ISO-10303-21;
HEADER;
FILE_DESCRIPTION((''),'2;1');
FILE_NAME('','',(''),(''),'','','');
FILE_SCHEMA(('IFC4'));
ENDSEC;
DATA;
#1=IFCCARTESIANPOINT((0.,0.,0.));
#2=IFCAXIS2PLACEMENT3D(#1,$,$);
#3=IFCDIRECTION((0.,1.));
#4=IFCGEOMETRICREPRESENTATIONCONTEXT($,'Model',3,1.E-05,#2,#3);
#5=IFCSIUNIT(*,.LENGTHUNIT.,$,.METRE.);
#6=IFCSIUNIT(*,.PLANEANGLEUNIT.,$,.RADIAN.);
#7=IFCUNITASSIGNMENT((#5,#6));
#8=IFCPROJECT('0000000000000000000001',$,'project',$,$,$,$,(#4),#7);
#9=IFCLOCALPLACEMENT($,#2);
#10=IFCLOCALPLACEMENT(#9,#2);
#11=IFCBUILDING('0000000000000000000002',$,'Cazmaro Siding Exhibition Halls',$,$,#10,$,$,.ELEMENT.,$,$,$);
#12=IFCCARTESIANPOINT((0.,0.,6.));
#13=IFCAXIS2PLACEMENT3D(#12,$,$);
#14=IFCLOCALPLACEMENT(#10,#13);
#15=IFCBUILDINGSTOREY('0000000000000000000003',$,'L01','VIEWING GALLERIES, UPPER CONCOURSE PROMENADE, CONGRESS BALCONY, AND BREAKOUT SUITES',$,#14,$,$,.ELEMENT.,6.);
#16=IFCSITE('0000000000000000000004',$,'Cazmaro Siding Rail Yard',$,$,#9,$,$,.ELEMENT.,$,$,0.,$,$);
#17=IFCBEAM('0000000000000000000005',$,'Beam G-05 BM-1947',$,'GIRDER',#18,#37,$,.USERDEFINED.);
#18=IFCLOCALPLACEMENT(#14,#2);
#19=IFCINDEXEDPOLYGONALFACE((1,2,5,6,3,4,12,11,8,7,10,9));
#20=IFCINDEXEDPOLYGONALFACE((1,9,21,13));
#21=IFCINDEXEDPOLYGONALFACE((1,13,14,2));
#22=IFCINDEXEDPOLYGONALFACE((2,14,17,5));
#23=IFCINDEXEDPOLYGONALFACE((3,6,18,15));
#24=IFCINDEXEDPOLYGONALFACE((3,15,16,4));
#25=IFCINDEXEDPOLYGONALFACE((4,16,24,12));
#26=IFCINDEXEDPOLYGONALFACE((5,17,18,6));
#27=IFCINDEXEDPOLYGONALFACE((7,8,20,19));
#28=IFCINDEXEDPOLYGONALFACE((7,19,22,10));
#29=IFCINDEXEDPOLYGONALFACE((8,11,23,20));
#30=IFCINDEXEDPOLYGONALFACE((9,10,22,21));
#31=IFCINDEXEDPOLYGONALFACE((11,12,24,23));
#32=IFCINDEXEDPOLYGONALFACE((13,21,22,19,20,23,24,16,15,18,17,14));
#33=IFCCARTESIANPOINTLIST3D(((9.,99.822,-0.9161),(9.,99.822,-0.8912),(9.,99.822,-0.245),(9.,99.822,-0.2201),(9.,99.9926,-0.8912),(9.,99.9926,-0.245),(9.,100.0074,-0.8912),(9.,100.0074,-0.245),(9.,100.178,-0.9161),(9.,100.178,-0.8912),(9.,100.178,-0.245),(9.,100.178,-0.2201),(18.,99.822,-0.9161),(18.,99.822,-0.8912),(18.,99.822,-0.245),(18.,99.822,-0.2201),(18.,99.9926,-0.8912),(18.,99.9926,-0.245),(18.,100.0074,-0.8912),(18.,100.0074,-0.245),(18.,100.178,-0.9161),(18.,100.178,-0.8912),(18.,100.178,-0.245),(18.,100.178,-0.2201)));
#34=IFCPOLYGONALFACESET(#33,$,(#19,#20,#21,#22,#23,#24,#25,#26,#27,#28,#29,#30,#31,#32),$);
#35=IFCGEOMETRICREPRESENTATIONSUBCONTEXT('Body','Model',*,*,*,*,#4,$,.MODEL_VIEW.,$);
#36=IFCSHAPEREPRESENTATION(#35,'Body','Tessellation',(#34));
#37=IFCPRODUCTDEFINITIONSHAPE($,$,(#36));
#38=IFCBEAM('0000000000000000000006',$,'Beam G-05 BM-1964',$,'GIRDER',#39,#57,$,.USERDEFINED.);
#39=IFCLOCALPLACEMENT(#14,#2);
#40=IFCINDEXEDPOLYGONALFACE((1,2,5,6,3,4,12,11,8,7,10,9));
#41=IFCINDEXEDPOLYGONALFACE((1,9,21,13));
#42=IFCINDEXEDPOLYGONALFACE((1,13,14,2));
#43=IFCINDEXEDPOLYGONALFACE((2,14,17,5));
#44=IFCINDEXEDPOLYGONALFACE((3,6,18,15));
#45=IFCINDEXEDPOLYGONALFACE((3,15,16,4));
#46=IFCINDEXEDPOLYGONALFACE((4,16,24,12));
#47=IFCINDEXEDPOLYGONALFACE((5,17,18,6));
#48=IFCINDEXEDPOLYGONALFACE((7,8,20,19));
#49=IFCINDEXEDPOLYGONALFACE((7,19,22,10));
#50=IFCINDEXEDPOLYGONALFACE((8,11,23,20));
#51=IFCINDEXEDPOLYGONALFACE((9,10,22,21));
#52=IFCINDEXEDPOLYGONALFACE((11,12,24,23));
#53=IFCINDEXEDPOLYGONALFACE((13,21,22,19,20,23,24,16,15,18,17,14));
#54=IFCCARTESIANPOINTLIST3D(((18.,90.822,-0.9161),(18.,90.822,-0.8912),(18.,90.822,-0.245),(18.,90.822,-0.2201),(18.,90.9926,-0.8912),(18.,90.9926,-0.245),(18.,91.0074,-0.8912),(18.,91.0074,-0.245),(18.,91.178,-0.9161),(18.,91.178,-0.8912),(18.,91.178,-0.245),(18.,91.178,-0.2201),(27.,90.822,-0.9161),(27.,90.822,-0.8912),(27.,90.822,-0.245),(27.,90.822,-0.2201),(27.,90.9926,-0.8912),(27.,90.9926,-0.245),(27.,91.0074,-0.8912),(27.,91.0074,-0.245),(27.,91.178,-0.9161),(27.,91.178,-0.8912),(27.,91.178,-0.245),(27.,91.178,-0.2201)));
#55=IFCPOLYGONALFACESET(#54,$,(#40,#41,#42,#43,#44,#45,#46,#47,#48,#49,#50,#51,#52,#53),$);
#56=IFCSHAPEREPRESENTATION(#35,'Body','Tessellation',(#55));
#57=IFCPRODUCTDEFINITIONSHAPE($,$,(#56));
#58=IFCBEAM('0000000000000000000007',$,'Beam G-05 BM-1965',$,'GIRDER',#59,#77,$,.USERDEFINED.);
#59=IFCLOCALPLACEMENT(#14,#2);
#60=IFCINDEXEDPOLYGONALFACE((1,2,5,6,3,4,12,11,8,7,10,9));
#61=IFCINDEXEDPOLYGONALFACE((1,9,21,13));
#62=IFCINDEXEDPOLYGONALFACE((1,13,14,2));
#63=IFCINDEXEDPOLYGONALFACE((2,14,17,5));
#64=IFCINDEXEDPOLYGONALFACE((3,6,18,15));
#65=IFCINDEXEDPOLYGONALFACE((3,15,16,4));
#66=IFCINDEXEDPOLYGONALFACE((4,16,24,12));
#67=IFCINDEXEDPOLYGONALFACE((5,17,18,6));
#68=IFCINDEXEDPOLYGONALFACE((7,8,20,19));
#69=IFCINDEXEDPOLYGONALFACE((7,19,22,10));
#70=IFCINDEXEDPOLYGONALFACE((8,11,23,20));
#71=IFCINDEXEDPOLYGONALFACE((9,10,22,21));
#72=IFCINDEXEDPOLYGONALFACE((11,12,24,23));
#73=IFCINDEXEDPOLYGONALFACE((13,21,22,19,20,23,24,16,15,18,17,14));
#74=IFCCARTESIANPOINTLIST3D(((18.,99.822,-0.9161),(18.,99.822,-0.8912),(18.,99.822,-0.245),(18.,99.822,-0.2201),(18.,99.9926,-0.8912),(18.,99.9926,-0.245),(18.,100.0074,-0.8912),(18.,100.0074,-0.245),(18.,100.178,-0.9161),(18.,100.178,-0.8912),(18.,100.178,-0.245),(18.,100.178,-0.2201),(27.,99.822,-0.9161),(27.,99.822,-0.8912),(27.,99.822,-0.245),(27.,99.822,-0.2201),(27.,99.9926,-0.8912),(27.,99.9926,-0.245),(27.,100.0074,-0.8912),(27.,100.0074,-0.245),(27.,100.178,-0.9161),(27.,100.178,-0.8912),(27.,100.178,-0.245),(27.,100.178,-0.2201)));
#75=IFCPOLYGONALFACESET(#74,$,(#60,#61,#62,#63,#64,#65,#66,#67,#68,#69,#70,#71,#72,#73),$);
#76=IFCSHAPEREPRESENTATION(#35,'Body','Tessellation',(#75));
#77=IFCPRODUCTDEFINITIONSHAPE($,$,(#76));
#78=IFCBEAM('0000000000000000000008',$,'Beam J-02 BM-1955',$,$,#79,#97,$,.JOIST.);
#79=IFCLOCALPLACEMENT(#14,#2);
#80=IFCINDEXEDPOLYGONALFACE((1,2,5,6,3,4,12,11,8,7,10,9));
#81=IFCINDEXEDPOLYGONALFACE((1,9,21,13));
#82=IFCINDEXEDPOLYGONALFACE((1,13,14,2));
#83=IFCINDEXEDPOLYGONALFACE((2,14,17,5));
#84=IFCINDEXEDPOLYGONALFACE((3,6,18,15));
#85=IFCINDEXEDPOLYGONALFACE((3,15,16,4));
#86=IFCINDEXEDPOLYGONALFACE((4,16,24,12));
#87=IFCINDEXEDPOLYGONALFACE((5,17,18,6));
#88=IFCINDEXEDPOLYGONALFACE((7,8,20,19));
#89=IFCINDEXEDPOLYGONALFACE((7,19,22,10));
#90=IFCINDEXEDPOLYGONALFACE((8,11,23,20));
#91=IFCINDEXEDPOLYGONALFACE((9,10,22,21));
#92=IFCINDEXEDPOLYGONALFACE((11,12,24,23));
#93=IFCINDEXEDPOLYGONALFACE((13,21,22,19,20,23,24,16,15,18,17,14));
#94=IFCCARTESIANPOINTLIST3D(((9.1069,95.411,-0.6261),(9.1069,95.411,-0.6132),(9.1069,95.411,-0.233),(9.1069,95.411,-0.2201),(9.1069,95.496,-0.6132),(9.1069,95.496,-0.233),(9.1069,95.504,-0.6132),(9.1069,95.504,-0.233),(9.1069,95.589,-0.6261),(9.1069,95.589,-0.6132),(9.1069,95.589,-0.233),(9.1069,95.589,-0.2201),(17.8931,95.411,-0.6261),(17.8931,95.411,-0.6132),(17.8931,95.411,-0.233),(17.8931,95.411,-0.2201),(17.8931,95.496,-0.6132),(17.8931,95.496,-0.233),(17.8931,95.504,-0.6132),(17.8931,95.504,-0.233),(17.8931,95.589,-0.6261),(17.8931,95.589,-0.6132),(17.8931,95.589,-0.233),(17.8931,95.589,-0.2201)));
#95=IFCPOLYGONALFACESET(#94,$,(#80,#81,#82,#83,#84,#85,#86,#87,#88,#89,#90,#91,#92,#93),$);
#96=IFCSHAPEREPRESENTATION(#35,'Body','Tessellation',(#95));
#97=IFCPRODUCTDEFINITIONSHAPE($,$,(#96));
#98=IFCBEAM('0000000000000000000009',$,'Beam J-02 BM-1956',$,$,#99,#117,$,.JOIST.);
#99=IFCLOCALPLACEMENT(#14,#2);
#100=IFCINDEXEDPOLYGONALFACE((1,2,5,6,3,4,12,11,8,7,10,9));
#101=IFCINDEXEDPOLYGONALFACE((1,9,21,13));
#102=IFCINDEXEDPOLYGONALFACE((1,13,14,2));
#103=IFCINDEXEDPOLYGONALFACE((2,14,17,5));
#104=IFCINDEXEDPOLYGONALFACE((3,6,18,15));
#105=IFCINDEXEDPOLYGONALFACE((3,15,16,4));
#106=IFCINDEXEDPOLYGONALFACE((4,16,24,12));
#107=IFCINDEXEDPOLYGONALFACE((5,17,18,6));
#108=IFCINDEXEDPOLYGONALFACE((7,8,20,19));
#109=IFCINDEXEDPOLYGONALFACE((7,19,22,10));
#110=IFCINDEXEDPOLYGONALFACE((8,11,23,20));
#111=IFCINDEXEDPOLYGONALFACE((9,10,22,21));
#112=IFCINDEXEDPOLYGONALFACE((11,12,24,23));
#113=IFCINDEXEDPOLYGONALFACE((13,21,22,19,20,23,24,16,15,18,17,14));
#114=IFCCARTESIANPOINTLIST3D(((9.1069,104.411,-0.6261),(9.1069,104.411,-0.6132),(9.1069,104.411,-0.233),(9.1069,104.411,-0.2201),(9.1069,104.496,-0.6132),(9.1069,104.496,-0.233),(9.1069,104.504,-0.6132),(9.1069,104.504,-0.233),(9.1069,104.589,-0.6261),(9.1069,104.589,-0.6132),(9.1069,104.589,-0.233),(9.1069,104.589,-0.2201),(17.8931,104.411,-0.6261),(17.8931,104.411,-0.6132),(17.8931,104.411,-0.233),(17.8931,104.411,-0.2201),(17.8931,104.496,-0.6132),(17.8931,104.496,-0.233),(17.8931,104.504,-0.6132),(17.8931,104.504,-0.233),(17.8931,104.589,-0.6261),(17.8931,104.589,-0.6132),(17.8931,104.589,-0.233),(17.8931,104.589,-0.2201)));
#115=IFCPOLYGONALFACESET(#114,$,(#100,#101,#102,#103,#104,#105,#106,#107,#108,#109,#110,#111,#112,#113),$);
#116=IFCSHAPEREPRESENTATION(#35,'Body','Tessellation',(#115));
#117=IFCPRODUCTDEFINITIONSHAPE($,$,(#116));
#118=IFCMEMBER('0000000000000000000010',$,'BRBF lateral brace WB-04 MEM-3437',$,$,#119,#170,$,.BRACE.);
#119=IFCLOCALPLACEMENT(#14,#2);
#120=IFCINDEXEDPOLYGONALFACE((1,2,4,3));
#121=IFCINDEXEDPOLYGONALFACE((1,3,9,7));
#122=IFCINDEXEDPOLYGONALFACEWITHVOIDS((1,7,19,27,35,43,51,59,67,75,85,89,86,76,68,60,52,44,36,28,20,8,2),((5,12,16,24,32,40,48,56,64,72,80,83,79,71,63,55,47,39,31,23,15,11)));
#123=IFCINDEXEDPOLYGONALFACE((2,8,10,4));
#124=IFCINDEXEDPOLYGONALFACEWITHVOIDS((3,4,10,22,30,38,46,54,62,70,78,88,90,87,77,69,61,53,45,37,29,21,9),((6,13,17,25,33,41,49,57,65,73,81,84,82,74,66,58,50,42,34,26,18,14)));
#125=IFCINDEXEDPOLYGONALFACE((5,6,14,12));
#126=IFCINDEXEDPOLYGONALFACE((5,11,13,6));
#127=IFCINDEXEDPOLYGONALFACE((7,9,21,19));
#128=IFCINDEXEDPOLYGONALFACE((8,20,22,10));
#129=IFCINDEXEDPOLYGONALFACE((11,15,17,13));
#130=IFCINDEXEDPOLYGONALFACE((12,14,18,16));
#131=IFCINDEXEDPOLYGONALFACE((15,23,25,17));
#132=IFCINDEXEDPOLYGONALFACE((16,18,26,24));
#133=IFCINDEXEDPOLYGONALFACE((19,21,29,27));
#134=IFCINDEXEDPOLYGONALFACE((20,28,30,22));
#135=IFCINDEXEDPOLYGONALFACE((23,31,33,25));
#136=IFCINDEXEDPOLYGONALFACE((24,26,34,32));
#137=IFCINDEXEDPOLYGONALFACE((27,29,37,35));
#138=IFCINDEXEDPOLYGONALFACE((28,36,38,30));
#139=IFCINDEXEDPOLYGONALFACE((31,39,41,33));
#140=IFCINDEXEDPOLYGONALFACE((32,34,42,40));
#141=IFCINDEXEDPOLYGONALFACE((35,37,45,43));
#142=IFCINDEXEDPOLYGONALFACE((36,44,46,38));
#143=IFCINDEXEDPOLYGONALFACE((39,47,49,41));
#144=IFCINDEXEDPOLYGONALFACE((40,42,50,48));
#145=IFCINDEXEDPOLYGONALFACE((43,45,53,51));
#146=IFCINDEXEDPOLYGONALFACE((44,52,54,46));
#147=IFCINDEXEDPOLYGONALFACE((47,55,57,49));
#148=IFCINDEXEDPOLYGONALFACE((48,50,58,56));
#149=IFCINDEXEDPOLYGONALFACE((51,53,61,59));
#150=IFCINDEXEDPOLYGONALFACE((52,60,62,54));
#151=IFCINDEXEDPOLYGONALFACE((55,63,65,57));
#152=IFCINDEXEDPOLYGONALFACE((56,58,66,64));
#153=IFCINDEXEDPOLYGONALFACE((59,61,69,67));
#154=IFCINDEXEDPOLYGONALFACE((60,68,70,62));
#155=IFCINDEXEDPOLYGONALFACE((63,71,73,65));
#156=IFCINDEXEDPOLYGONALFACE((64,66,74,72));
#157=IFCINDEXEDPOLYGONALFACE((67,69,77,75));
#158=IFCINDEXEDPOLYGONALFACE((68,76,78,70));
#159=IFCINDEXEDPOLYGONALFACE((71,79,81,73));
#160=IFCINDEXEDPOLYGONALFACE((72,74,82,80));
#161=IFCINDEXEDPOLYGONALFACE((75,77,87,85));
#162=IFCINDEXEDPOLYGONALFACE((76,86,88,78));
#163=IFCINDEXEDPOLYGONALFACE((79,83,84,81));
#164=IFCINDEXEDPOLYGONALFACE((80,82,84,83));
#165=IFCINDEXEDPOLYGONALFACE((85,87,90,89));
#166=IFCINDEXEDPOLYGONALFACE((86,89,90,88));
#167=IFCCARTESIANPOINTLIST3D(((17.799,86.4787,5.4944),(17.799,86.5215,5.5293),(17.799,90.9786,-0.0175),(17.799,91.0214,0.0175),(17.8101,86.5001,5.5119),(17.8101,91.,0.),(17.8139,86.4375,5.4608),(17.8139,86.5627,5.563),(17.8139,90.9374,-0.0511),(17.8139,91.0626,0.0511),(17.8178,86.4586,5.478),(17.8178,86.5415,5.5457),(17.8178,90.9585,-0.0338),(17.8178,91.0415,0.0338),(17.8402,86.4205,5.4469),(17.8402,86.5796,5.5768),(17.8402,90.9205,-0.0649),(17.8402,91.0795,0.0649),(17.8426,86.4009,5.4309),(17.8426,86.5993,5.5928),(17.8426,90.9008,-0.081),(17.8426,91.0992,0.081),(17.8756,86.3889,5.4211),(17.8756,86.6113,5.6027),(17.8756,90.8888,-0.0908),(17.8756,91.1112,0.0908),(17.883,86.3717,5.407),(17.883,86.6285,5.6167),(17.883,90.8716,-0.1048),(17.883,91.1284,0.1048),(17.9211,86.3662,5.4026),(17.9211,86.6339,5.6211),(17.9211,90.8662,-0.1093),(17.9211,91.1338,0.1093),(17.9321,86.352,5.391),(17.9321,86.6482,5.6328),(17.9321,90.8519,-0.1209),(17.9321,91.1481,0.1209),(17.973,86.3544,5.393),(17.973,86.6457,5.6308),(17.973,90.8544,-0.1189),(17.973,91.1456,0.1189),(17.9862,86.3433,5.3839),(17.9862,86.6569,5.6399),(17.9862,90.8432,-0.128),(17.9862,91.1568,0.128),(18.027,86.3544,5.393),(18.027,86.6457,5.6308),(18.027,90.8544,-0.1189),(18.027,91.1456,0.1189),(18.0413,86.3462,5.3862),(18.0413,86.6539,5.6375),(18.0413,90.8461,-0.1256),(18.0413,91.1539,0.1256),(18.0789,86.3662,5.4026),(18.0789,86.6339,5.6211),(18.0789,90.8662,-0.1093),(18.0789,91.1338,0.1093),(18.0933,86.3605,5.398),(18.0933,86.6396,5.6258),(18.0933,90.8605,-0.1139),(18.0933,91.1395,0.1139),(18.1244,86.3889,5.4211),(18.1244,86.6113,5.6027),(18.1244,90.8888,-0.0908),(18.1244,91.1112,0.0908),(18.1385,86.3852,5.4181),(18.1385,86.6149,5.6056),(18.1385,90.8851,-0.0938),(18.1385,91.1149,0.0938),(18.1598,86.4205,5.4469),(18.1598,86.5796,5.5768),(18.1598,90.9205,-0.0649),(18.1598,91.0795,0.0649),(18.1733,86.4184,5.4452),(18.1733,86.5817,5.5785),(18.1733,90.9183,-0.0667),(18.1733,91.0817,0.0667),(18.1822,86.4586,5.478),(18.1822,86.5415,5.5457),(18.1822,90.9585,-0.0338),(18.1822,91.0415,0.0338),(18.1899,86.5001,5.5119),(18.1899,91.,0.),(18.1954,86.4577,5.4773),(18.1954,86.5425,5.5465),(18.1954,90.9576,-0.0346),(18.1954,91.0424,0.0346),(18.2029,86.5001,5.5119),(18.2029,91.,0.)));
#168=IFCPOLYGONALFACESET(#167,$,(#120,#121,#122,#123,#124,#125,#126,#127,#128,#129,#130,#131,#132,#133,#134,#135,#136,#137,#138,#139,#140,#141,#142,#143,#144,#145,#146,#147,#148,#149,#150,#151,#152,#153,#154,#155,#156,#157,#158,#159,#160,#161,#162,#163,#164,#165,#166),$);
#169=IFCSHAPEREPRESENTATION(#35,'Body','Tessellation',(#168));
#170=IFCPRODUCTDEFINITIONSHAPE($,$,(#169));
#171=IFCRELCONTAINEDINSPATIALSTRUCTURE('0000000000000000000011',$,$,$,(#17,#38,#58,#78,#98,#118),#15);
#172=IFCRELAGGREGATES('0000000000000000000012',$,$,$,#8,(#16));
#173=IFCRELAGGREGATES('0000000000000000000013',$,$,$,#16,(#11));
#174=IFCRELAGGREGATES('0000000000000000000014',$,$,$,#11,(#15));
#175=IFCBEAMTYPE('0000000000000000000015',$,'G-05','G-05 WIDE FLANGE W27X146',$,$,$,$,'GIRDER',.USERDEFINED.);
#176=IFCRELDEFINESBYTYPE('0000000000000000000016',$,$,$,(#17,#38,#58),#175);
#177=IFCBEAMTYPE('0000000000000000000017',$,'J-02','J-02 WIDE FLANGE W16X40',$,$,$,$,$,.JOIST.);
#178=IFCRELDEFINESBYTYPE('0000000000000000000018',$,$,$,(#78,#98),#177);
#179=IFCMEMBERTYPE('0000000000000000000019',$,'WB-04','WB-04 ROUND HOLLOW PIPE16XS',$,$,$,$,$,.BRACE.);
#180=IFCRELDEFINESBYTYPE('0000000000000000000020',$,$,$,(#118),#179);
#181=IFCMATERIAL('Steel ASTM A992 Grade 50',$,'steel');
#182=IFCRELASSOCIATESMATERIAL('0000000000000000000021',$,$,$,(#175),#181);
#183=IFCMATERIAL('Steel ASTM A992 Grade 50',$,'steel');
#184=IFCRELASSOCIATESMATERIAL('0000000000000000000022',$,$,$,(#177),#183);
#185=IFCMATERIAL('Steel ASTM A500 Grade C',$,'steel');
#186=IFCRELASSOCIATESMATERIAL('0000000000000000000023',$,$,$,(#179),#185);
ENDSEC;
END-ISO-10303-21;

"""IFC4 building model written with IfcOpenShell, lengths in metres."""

from ifc_helpers import new_model, si_unit, direction, frame, origin, origin_2d, place, context, subcontext, project, spatial, hollow_circle, i_section, extrude, material, material_profile, profile_set, type_object, element, save


model = new_model("IFC4")

# Units and contexts
model_context = context("Model", 3, precision=1e-05, world=origin(), true_north=direction((0.0, 1.0)))
body_context = subcontext(model_context, "Body", "Model", "MODEL_VIEW")
ifc_project = project(units=[si_unit("LENGTHUNIT", "METRE"), si_unit("PLANEANGLEUNIT", "RADIAN")], contexts=[model_context])

# Site, building, storey
site_placement = place(None, origin())
site = spatial("IfcSite", under=ifc_project, at=site_placement, Name="Cazmaro Siding Rail Yard", CompositionType="ELEMENT", RefElevation=0.0)
building_placement = place(site_placement, origin())
building = spatial("IfcBuilding", under=site, at=building_placement, Name="Cazmaro Siding Exhibition Halls", CompositionType="ELEMENT")
storey_placement = place(building_placement, frame((0.0, 0.0, 6.0)))
storey = spatial("IfcBuildingStorey", under=building, at=storey_placement, Name="L01", Description="VIEWING GALLERIES, UPPER CONCOURSE PROMENADE, CONGRESS BALCONY, AND BREAKOUT SUITES", CompositionType="ELEMENT", Elevation=6.0)

# Beams
ifc_material_1 = material(Name="Steel ASTM A992 Grade 50", Category="steel")
ifc_material_profile_1 = material_profile(ifc_material_1, i_section(OverallWidth=0.356, OverallDepth=0.696, WebThickness=0.0149, FlangeThickness=0.0249, at=origin_2d()), Name="W27X146")
ifc_profile_set_1 = profile_set([ifc_material_profile_1], Name="Steel ASTM A992 Grade 50")
beam_type_1 = type_object("IfcBeamType", Name="G-05", Description="G-05 WIDE FLANGE W27X146", ElementType="GIRDER", PredefinedType="USERDEFINED", material=ifc_profile_set_1)
for number, where, z_axis, x_axis, name in (
    (1, (9.0, 100.0, -0.5681), (1.0, 0.0, 0.0), (0.0, 1.0, 0.0), "Beam G-05 BM-1947"),
    (2, (18.0, 91.0, -0.5681), (1.0, 0.0, 0.0), (0.0, 1.0, 0.0), "Beam G-05 BM-1964"),
    (3, (18.0, 100.0, -0.5681), (1.0, 0.0, 0.0), (0.0, 1.0, 0.0), "Beam G-05 BM-1965"),
):
    element("IfcBeam", number, at=place(storey_placement, frame(where, z_axis=z_axis, x_axis=x_axis)), inside=storey, type_object=beam_type_1, Name=name, ObjectType="GIRDER", PredefinedType="USERDEFINED", context=body_context, shape_type="SweptSolid", body=[
        extrude(i_section(OverallWidth=0.356, OverallDepth=0.696, WebThickness=0.0149, FlangeThickness=0.0249, at=origin_2d()), origin(), (0.0, 0.0, 1.0), 9.0),
    ])
ifc_material_2 = material(Name="Steel ASTM A992 Grade 50", Category="steel")
ifc_material_profile_2 = material_profile(ifc_material_2, i_section(OverallWidth=0.178, OverallDepth=0.406, WebThickness=0.0081, FlangeThickness=0.0129, at=origin_2d()), Name="W16X40")
ifc_profile_set_2 = profile_set([ifc_material_profile_2], Name="Steel ASTM A992 Grade 50")
beam_type_2 = type_object("IfcBeamType", Name="J-02", Description="J-02 WIDE FLANGE W16X40", PredefinedType="JOIST", material=ifc_profile_set_2)
for number, where, z_axis, x_axis, name in (
    (4, (9.1069, 95.5, -0.4231), (1.0, 0.0, 0.0), (0.0, 1.0, 0.0), "Beam J-02 BM-1955"),
    (5, (9.1069, 104.5, -0.4231), (1.0, 0.0, 0.0), (0.0, 1.0, 0.0), "Beam J-02 BM-1956"),
):
    element("IfcBeam", number, at=place(storey_placement, frame(where, z_axis=z_axis, x_axis=x_axis)), inside=storey, type_object=beam_type_2, Name=name, PredefinedType="JOIST", context=body_context, shape_type="SweptSolid", body=[
        extrude(i_section(OverallWidth=0.178, OverallDepth=0.406, WebThickness=0.0081, FlangeThickness=0.0129, at=origin_2d()), origin(), (0.0, 0.0, 1.0), 8.7861),
    ])

# Member
ifc_material_3 = material(Name="Steel ASTM A500 Grade C", Category="steel")
ifc_material_profile_3 = material_profile(ifc_material_3, hollow_circle(Radius=0.2029, WallThickness=0.0129, at=origin_2d()), Name="PIPE16XS")
ifc_profile_set_3 = profile_set([ifc_material_profile_3], Name="Steel ASTM A500 Grade C")
member_type = type_object("IfcMemberType", Name="WB-04", Description="WB-04 ROUND HOLLOW PIPE16XS", PredefinedType="BRACE", material=ifc_profile_set_3)
member_placement = place(storey_placement, frame((18.0, 91.0, 0.0), z_axis=(0.0, -0.632413, 0.774631), x_axis=(1.0, 0.0, 0.0)))
element("IfcMember", 6, at=member_placement, inside=storey, type_object=member_type, Name="BRBF lateral brace WB-04 MEM-3437", PredefinedType="BRACE", context=body_context, shape_type="SweptSolid", body=[
    extrude(hollow_circle(Radius=0.2029, WallThickness=0.0129, at=origin_2d()), origin(), (0.0, 0.0, 1.0), 7.1155),
])

save(model, "model.ifc")
